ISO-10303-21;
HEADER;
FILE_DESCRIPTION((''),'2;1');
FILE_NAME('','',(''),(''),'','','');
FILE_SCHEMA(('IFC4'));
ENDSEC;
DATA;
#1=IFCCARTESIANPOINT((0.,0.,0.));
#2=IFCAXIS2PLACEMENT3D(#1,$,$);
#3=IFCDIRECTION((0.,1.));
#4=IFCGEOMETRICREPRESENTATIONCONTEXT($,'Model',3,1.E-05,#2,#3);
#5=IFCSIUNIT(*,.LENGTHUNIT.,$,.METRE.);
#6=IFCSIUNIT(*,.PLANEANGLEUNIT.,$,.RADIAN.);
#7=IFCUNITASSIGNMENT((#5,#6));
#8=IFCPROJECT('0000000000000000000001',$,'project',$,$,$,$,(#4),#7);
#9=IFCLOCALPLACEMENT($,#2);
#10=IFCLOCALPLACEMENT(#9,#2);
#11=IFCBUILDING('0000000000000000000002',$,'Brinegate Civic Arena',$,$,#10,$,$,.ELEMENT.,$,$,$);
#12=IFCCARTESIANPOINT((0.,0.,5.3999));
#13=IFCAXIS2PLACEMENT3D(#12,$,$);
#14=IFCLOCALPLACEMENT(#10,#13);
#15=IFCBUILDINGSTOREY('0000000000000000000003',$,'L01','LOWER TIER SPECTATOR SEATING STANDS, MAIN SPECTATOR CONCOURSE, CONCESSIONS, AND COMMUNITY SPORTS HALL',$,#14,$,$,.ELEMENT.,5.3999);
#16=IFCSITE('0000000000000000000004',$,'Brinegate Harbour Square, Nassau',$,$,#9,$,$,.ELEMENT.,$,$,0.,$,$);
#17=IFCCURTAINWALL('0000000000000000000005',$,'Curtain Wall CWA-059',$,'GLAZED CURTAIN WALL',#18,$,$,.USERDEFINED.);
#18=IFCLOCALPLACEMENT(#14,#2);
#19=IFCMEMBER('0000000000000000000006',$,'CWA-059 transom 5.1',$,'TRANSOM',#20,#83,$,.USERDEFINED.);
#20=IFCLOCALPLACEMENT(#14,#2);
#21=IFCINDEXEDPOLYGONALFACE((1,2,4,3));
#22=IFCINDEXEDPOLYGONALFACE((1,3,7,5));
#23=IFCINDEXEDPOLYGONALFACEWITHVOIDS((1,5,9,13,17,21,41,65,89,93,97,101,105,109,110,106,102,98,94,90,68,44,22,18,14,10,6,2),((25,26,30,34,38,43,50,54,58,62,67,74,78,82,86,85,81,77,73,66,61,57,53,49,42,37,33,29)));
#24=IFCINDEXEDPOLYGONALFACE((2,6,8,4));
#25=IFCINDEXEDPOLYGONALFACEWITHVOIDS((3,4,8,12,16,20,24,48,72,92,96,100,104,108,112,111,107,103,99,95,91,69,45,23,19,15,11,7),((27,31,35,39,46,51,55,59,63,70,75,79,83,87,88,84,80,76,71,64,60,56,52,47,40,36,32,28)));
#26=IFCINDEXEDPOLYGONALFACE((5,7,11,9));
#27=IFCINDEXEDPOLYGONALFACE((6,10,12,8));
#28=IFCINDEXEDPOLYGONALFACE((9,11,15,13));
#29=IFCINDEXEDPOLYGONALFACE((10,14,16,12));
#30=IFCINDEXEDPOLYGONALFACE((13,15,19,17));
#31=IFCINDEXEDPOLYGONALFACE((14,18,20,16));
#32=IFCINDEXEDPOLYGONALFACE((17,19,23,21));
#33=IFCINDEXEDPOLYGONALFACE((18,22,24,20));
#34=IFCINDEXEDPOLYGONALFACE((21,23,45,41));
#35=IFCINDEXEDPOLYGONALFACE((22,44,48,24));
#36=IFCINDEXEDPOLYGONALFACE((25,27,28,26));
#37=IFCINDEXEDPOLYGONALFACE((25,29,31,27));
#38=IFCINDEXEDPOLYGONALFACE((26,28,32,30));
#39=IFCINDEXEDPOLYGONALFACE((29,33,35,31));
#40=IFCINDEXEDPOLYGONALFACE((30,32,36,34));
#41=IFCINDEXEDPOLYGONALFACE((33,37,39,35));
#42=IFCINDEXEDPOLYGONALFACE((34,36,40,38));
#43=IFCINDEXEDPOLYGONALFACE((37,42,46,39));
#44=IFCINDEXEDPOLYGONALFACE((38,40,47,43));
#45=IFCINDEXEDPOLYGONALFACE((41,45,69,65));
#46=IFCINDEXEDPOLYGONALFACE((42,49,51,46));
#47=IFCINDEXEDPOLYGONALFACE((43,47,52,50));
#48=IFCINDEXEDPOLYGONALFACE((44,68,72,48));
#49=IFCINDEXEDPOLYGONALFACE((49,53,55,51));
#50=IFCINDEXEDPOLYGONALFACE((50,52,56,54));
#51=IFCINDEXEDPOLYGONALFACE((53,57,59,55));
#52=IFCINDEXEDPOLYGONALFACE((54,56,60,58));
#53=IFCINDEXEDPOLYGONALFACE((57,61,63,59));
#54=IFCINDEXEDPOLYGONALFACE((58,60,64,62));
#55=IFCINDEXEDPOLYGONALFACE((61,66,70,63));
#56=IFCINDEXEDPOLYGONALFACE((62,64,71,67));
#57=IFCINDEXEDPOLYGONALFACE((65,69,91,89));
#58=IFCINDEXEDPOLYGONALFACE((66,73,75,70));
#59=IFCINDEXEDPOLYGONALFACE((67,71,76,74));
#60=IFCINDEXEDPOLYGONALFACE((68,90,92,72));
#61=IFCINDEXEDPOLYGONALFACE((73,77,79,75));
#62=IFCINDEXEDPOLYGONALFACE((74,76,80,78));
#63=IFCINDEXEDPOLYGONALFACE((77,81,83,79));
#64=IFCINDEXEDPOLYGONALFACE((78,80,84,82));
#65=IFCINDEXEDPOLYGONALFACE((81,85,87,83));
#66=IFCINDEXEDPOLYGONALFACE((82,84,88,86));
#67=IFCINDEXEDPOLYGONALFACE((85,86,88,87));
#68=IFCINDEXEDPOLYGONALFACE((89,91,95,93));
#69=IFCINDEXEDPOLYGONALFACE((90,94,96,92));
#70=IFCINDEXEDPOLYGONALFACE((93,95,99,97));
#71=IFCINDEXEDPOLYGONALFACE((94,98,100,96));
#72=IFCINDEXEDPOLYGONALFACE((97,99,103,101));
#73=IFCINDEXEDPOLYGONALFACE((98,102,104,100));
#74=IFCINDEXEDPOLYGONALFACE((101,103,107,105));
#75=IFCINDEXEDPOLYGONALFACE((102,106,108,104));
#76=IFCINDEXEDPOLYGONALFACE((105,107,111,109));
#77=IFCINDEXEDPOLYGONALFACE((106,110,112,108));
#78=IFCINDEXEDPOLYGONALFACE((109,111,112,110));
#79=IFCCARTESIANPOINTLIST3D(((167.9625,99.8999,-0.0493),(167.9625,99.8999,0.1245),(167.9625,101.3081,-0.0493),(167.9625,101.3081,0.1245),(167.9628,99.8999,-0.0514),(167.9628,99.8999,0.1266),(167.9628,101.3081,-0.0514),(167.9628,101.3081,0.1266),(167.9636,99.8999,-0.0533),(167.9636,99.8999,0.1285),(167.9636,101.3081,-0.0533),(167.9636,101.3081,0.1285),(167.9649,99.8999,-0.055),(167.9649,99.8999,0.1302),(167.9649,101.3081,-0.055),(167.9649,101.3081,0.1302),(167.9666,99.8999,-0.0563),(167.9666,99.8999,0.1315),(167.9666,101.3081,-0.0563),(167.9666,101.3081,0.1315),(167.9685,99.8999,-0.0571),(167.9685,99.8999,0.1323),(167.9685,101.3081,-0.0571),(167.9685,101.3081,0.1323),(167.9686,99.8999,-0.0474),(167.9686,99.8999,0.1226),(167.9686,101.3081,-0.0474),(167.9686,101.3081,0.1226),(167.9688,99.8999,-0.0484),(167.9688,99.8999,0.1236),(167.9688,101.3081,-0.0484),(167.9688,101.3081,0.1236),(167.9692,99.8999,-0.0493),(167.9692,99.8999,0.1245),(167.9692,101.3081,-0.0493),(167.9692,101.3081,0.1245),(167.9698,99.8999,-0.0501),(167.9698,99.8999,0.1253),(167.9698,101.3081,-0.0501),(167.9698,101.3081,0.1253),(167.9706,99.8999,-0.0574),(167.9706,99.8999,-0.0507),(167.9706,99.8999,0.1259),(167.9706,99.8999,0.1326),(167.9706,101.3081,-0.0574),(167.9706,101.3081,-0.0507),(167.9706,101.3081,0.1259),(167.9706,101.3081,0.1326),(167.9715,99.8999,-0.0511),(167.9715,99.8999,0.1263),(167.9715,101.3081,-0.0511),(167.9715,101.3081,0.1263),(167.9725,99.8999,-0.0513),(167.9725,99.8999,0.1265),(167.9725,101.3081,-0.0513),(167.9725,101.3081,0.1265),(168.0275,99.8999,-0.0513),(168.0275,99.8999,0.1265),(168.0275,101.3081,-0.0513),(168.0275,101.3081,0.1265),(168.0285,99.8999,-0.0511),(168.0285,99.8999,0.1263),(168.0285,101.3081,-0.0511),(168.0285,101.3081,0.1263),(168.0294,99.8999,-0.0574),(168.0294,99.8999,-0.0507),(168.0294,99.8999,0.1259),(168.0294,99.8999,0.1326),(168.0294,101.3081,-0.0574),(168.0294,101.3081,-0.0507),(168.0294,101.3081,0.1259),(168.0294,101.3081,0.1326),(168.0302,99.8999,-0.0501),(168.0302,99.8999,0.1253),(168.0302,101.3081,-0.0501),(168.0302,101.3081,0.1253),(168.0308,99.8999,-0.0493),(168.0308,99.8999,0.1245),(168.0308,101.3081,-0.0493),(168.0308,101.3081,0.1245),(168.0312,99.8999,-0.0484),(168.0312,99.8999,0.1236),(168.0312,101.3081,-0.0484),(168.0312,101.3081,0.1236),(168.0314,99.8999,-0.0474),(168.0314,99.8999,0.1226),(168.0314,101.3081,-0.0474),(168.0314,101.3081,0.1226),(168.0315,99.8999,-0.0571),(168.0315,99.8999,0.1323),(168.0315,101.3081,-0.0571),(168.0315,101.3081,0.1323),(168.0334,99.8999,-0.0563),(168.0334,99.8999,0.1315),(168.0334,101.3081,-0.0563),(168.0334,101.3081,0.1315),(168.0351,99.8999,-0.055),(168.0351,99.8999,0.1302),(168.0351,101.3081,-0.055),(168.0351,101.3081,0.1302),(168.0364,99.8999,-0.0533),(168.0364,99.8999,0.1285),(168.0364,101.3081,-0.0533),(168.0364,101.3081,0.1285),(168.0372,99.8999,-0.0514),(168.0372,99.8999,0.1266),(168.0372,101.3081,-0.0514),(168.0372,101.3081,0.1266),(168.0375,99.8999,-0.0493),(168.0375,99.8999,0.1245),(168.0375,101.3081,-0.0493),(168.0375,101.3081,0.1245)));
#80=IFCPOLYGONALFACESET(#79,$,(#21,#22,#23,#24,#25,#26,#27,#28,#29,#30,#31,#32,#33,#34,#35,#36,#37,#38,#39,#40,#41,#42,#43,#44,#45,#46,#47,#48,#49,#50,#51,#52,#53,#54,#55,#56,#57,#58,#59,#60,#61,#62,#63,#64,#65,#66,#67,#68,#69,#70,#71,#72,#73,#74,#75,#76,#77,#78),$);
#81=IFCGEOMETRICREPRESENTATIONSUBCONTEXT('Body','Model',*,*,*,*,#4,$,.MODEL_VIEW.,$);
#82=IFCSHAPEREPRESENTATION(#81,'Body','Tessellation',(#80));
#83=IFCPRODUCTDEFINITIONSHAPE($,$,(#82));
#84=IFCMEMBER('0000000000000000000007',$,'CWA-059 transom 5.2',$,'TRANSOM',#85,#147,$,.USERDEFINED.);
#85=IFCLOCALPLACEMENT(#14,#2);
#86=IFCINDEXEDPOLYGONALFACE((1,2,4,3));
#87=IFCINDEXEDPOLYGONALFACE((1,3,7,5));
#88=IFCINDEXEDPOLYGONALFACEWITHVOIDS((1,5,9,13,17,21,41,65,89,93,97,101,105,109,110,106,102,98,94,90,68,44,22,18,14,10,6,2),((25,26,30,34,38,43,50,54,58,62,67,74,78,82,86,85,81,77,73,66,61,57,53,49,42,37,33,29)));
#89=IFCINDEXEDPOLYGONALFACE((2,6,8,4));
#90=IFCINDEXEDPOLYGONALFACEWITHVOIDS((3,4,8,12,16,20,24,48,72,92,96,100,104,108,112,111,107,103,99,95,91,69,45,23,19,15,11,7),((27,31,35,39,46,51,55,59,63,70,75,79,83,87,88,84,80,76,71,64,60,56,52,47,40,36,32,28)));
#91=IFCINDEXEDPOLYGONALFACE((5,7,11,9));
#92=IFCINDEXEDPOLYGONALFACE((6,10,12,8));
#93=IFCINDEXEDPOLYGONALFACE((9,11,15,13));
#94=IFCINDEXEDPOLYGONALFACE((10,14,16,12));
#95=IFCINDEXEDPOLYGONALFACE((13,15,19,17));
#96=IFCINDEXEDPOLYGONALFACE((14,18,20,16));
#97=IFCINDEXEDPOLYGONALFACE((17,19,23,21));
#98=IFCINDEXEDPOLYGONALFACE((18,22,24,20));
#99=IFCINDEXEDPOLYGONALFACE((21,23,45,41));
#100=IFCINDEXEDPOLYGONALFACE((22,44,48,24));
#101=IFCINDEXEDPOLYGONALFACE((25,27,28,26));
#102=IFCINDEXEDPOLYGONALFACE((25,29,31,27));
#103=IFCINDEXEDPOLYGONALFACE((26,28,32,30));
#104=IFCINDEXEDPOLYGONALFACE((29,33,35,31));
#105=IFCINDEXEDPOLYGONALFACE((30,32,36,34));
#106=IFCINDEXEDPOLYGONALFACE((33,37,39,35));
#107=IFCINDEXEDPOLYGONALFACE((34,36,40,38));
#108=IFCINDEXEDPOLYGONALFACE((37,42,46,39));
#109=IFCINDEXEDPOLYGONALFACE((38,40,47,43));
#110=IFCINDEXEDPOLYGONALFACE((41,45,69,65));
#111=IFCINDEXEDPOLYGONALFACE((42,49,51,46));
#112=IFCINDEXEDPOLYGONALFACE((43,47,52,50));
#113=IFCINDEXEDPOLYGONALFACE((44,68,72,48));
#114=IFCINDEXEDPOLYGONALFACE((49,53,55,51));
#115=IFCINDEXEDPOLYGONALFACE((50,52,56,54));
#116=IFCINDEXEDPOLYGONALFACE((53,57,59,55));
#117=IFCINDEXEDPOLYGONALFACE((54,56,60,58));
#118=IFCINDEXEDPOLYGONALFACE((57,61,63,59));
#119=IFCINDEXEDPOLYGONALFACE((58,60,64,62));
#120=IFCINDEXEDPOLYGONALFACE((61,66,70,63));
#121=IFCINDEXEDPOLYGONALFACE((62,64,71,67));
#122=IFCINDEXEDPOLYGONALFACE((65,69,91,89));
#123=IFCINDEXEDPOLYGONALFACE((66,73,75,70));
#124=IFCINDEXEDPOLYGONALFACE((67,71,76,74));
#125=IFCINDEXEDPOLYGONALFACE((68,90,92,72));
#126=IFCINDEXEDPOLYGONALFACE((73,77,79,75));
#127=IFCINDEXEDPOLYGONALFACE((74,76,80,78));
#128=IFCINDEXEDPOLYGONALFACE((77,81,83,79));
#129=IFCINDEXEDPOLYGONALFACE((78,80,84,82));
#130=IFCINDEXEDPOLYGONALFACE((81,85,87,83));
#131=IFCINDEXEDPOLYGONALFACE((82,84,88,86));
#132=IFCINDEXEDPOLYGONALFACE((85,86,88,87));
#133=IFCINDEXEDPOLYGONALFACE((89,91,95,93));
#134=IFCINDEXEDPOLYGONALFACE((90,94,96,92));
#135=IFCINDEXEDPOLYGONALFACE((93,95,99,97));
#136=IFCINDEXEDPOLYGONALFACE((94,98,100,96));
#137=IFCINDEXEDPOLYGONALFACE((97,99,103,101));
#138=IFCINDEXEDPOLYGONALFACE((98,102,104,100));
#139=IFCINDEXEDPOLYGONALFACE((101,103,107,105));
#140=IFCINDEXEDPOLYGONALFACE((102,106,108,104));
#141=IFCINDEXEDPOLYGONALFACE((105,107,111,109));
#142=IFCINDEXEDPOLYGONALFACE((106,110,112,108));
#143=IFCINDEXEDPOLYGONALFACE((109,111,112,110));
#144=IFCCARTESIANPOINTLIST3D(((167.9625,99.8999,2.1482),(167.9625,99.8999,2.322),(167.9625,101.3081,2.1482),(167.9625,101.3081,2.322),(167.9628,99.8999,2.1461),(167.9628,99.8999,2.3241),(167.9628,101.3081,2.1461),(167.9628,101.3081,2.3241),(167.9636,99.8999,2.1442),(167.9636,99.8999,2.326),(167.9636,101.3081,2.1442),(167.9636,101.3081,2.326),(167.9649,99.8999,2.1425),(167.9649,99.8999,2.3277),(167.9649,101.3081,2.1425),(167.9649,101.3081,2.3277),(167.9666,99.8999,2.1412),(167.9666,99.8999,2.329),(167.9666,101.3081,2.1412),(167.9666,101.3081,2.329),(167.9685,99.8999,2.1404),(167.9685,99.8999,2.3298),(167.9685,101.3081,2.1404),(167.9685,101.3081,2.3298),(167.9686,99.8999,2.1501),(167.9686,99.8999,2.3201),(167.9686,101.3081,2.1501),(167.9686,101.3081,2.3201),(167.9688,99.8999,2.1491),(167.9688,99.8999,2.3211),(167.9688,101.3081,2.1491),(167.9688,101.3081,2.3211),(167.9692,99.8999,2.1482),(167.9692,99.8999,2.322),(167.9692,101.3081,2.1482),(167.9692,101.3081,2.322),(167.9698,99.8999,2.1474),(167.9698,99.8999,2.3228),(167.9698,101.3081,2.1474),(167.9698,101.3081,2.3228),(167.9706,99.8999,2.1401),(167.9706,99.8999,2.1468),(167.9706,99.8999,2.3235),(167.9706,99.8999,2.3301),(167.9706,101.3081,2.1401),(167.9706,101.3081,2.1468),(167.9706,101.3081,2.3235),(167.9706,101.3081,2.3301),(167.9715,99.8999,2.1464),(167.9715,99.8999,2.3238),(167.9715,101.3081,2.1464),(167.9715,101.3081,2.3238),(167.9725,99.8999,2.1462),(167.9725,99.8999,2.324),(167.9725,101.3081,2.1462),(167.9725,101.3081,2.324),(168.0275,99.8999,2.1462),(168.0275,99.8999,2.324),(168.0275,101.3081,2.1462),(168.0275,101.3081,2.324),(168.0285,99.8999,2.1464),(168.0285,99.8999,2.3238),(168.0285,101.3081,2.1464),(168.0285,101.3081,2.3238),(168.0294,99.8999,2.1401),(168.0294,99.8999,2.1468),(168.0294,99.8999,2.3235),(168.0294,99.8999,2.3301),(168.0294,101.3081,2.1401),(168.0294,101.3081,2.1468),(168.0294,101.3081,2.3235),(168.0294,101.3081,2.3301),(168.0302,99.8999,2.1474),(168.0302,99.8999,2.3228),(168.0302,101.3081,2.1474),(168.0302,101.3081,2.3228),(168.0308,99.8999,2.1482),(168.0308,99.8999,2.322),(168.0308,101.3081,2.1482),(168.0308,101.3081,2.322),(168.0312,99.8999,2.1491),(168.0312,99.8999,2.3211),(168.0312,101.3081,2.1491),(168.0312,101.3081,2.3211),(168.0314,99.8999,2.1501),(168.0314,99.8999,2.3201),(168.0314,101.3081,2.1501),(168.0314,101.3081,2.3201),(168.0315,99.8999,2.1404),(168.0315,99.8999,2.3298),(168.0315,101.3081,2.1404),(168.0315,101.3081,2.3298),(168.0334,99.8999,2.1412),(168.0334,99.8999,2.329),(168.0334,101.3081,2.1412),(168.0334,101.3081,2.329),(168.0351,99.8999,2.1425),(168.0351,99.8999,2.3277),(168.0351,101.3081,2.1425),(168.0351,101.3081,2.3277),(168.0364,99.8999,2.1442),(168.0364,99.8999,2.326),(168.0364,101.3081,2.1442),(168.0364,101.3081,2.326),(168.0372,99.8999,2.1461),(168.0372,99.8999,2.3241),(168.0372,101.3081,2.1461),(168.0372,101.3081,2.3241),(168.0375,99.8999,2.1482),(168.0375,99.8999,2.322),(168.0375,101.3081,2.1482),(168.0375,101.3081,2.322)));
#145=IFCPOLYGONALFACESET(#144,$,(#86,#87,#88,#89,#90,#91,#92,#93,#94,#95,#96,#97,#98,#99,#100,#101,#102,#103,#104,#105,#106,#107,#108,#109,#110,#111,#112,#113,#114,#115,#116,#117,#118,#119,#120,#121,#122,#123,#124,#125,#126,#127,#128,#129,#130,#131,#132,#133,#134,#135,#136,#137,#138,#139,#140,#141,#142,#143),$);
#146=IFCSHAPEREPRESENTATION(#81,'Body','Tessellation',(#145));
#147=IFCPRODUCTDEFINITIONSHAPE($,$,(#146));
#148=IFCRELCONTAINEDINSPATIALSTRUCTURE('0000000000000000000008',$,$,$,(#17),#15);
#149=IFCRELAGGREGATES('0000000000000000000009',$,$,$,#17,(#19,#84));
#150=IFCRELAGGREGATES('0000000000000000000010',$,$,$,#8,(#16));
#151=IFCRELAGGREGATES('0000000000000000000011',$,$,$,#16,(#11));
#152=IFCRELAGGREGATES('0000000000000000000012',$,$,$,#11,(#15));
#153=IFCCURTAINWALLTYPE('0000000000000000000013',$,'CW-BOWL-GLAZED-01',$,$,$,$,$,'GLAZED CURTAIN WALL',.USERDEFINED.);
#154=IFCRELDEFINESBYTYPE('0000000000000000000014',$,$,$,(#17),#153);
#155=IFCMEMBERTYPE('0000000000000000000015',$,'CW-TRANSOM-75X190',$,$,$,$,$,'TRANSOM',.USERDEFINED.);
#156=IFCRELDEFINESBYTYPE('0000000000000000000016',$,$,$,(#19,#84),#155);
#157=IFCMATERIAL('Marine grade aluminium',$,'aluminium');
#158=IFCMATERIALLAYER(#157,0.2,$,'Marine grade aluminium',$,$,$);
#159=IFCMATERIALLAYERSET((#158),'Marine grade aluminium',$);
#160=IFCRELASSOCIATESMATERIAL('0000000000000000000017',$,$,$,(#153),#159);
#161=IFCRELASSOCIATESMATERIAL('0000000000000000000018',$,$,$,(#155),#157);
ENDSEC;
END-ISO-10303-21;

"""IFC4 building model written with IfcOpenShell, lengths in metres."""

from ifc_helpers import new_model, si_unit, direction, frame, origin, origin_2d, place, context, subcontext, project, spatial, hollow_rectangle, extrude, material, layer, layer_set, material_profile, profile_set, type_object, element, aggregate, save


model = new_model("IFC4")

# Units and contexts
model_context = context("Model", 3, precision=1e-05, world=origin(), true_north=direction((0.0, 1.0)))
body_context = subcontext(model_context, "Body", "Model", "MODEL_VIEW")
ifc_project = project(units=[si_unit("LENGTHUNIT", "METRE"), si_unit("PLANEANGLEUNIT", "RADIAN")], contexts=[model_context])

# Site, building, storey
site_placement = place(None, origin())
site = spatial("IfcSite", under=ifc_project, at=site_placement, Name="Brinegate Harbour Square, Nassau", CompositionType="ELEMENT", RefElevation=0.0)
building_placement = place(site_placement, origin())
building = spatial("IfcBuilding", under=site, at=building_placement, Name="Brinegate Civic Arena", CompositionType="ELEMENT")
storey_placement = place(building_placement, frame((0.0, 0.0, 5.3999)))
storey = spatial("IfcBuildingStorey", under=building, at=storey_placement, Name="L01", Description="LOWER TIER SPECTATOR SEATING STANDS, MAIN SPECTATOR CONCOURSE, CONCESSIONS, AND COMMUNITY SPORTS HALL", CompositionType="ELEMENT", Elevation=5.3999)

# Curtain wall, members
ifc_material_1 = material(Name="Marine grade aluminium", Category="aluminium")
ifc_layer_1 = layer(ifc_material_1, 0.2, Name="Marine grade aluminium")
ifc_layer_set_1 = layer_set([ifc_layer_1], Name="Marine grade aluminium")
curtain_wall_type = type_object("IfcCurtainWallType", Name="CW-BOWL-GLAZED-01", ElementType="GLAZED CURTAIN WALL", PredefinedType="USERDEFINED", material=ifc_layer_set_1)
curtain_wall_placement = place(storey_placement, origin())
curtain_wall = element("IfcCurtainWall", 1, at=curtain_wall_placement, inside=storey, type_object=curtain_wall_type, Name="Curtain Wall CWA-059", ObjectType="GLAZED CURTAIN WALL", PredefinedType="USERDEFINED")
ifc_material_profile_1 = material_profile(ifc_material_1, hollow_rectangle(XDim=0.075, YDim=0.1899, WallThickness=0.0061, InnerFilletRadius=0.0039, OuterFilletRadius=0.0081, at=origin_2d()), Name="TRN75X190")
ifc_profile_set_1 = profile_set([ifc_material_profile_1], Name="Marine grade aluminium")
member_type_1 = type_object("IfcMemberType", Name="CW-TRANSOM-75X190", ElementType="TRANSOM", PredefinedType="USERDEFINED", material=ifc_profile_set_1)
member_1_placement = place(storey_placement, frame((168.0, 99.8999, 0.0376), z_axis=(0.0, 1.0, 0.0), x_axis=(-1.0, 0.0, 0.0)))
member_1 = element("IfcMember", 2, at=member_1_placement, type_object=member_type_1, Name="CWA-059 transom 5.1", ObjectType="TRANSOM", PredefinedType="USERDEFINED", context=body_context, shape_type="SweptSolid", body=[
    extrude(hollow_rectangle(XDim=0.075, YDim=0.1899, WallThickness=0.0061, InnerFilletRadius=0.0039, OuterFilletRadius=0.0081, at=origin_2d()), origin(), (0.0, 0.0, 1.0), 1.4082),
])
member_2_placement = place(storey_placement, frame((168.0, 99.8999, 2.2351), z_axis=(0.0, 1.0, 0.0), x_axis=(-1.0, 0.0, 0.0)))
member_2 = element("IfcMember", 3, at=member_2_placement, type_object=member_type_1, Name="CWA-059 transom 5.2", ObjectType="TRANSOM", PredefinedType="USERDEFINED", context=body_context, shape_type="SweptSolid", body=[
    extrude(hollow_rectangle(XDim=0.075, YDim=0.1899, WallThickness=0.0061, InnerFilletRadius=0.0039, OuterFilletRadius=0.0081, at=origin_2d()), origin(), (0.0, 0.0, 1.0), 1.4082),
])
aggregate(curtain_wall, [member_1, member_2])

save(model, "model.ifc")
